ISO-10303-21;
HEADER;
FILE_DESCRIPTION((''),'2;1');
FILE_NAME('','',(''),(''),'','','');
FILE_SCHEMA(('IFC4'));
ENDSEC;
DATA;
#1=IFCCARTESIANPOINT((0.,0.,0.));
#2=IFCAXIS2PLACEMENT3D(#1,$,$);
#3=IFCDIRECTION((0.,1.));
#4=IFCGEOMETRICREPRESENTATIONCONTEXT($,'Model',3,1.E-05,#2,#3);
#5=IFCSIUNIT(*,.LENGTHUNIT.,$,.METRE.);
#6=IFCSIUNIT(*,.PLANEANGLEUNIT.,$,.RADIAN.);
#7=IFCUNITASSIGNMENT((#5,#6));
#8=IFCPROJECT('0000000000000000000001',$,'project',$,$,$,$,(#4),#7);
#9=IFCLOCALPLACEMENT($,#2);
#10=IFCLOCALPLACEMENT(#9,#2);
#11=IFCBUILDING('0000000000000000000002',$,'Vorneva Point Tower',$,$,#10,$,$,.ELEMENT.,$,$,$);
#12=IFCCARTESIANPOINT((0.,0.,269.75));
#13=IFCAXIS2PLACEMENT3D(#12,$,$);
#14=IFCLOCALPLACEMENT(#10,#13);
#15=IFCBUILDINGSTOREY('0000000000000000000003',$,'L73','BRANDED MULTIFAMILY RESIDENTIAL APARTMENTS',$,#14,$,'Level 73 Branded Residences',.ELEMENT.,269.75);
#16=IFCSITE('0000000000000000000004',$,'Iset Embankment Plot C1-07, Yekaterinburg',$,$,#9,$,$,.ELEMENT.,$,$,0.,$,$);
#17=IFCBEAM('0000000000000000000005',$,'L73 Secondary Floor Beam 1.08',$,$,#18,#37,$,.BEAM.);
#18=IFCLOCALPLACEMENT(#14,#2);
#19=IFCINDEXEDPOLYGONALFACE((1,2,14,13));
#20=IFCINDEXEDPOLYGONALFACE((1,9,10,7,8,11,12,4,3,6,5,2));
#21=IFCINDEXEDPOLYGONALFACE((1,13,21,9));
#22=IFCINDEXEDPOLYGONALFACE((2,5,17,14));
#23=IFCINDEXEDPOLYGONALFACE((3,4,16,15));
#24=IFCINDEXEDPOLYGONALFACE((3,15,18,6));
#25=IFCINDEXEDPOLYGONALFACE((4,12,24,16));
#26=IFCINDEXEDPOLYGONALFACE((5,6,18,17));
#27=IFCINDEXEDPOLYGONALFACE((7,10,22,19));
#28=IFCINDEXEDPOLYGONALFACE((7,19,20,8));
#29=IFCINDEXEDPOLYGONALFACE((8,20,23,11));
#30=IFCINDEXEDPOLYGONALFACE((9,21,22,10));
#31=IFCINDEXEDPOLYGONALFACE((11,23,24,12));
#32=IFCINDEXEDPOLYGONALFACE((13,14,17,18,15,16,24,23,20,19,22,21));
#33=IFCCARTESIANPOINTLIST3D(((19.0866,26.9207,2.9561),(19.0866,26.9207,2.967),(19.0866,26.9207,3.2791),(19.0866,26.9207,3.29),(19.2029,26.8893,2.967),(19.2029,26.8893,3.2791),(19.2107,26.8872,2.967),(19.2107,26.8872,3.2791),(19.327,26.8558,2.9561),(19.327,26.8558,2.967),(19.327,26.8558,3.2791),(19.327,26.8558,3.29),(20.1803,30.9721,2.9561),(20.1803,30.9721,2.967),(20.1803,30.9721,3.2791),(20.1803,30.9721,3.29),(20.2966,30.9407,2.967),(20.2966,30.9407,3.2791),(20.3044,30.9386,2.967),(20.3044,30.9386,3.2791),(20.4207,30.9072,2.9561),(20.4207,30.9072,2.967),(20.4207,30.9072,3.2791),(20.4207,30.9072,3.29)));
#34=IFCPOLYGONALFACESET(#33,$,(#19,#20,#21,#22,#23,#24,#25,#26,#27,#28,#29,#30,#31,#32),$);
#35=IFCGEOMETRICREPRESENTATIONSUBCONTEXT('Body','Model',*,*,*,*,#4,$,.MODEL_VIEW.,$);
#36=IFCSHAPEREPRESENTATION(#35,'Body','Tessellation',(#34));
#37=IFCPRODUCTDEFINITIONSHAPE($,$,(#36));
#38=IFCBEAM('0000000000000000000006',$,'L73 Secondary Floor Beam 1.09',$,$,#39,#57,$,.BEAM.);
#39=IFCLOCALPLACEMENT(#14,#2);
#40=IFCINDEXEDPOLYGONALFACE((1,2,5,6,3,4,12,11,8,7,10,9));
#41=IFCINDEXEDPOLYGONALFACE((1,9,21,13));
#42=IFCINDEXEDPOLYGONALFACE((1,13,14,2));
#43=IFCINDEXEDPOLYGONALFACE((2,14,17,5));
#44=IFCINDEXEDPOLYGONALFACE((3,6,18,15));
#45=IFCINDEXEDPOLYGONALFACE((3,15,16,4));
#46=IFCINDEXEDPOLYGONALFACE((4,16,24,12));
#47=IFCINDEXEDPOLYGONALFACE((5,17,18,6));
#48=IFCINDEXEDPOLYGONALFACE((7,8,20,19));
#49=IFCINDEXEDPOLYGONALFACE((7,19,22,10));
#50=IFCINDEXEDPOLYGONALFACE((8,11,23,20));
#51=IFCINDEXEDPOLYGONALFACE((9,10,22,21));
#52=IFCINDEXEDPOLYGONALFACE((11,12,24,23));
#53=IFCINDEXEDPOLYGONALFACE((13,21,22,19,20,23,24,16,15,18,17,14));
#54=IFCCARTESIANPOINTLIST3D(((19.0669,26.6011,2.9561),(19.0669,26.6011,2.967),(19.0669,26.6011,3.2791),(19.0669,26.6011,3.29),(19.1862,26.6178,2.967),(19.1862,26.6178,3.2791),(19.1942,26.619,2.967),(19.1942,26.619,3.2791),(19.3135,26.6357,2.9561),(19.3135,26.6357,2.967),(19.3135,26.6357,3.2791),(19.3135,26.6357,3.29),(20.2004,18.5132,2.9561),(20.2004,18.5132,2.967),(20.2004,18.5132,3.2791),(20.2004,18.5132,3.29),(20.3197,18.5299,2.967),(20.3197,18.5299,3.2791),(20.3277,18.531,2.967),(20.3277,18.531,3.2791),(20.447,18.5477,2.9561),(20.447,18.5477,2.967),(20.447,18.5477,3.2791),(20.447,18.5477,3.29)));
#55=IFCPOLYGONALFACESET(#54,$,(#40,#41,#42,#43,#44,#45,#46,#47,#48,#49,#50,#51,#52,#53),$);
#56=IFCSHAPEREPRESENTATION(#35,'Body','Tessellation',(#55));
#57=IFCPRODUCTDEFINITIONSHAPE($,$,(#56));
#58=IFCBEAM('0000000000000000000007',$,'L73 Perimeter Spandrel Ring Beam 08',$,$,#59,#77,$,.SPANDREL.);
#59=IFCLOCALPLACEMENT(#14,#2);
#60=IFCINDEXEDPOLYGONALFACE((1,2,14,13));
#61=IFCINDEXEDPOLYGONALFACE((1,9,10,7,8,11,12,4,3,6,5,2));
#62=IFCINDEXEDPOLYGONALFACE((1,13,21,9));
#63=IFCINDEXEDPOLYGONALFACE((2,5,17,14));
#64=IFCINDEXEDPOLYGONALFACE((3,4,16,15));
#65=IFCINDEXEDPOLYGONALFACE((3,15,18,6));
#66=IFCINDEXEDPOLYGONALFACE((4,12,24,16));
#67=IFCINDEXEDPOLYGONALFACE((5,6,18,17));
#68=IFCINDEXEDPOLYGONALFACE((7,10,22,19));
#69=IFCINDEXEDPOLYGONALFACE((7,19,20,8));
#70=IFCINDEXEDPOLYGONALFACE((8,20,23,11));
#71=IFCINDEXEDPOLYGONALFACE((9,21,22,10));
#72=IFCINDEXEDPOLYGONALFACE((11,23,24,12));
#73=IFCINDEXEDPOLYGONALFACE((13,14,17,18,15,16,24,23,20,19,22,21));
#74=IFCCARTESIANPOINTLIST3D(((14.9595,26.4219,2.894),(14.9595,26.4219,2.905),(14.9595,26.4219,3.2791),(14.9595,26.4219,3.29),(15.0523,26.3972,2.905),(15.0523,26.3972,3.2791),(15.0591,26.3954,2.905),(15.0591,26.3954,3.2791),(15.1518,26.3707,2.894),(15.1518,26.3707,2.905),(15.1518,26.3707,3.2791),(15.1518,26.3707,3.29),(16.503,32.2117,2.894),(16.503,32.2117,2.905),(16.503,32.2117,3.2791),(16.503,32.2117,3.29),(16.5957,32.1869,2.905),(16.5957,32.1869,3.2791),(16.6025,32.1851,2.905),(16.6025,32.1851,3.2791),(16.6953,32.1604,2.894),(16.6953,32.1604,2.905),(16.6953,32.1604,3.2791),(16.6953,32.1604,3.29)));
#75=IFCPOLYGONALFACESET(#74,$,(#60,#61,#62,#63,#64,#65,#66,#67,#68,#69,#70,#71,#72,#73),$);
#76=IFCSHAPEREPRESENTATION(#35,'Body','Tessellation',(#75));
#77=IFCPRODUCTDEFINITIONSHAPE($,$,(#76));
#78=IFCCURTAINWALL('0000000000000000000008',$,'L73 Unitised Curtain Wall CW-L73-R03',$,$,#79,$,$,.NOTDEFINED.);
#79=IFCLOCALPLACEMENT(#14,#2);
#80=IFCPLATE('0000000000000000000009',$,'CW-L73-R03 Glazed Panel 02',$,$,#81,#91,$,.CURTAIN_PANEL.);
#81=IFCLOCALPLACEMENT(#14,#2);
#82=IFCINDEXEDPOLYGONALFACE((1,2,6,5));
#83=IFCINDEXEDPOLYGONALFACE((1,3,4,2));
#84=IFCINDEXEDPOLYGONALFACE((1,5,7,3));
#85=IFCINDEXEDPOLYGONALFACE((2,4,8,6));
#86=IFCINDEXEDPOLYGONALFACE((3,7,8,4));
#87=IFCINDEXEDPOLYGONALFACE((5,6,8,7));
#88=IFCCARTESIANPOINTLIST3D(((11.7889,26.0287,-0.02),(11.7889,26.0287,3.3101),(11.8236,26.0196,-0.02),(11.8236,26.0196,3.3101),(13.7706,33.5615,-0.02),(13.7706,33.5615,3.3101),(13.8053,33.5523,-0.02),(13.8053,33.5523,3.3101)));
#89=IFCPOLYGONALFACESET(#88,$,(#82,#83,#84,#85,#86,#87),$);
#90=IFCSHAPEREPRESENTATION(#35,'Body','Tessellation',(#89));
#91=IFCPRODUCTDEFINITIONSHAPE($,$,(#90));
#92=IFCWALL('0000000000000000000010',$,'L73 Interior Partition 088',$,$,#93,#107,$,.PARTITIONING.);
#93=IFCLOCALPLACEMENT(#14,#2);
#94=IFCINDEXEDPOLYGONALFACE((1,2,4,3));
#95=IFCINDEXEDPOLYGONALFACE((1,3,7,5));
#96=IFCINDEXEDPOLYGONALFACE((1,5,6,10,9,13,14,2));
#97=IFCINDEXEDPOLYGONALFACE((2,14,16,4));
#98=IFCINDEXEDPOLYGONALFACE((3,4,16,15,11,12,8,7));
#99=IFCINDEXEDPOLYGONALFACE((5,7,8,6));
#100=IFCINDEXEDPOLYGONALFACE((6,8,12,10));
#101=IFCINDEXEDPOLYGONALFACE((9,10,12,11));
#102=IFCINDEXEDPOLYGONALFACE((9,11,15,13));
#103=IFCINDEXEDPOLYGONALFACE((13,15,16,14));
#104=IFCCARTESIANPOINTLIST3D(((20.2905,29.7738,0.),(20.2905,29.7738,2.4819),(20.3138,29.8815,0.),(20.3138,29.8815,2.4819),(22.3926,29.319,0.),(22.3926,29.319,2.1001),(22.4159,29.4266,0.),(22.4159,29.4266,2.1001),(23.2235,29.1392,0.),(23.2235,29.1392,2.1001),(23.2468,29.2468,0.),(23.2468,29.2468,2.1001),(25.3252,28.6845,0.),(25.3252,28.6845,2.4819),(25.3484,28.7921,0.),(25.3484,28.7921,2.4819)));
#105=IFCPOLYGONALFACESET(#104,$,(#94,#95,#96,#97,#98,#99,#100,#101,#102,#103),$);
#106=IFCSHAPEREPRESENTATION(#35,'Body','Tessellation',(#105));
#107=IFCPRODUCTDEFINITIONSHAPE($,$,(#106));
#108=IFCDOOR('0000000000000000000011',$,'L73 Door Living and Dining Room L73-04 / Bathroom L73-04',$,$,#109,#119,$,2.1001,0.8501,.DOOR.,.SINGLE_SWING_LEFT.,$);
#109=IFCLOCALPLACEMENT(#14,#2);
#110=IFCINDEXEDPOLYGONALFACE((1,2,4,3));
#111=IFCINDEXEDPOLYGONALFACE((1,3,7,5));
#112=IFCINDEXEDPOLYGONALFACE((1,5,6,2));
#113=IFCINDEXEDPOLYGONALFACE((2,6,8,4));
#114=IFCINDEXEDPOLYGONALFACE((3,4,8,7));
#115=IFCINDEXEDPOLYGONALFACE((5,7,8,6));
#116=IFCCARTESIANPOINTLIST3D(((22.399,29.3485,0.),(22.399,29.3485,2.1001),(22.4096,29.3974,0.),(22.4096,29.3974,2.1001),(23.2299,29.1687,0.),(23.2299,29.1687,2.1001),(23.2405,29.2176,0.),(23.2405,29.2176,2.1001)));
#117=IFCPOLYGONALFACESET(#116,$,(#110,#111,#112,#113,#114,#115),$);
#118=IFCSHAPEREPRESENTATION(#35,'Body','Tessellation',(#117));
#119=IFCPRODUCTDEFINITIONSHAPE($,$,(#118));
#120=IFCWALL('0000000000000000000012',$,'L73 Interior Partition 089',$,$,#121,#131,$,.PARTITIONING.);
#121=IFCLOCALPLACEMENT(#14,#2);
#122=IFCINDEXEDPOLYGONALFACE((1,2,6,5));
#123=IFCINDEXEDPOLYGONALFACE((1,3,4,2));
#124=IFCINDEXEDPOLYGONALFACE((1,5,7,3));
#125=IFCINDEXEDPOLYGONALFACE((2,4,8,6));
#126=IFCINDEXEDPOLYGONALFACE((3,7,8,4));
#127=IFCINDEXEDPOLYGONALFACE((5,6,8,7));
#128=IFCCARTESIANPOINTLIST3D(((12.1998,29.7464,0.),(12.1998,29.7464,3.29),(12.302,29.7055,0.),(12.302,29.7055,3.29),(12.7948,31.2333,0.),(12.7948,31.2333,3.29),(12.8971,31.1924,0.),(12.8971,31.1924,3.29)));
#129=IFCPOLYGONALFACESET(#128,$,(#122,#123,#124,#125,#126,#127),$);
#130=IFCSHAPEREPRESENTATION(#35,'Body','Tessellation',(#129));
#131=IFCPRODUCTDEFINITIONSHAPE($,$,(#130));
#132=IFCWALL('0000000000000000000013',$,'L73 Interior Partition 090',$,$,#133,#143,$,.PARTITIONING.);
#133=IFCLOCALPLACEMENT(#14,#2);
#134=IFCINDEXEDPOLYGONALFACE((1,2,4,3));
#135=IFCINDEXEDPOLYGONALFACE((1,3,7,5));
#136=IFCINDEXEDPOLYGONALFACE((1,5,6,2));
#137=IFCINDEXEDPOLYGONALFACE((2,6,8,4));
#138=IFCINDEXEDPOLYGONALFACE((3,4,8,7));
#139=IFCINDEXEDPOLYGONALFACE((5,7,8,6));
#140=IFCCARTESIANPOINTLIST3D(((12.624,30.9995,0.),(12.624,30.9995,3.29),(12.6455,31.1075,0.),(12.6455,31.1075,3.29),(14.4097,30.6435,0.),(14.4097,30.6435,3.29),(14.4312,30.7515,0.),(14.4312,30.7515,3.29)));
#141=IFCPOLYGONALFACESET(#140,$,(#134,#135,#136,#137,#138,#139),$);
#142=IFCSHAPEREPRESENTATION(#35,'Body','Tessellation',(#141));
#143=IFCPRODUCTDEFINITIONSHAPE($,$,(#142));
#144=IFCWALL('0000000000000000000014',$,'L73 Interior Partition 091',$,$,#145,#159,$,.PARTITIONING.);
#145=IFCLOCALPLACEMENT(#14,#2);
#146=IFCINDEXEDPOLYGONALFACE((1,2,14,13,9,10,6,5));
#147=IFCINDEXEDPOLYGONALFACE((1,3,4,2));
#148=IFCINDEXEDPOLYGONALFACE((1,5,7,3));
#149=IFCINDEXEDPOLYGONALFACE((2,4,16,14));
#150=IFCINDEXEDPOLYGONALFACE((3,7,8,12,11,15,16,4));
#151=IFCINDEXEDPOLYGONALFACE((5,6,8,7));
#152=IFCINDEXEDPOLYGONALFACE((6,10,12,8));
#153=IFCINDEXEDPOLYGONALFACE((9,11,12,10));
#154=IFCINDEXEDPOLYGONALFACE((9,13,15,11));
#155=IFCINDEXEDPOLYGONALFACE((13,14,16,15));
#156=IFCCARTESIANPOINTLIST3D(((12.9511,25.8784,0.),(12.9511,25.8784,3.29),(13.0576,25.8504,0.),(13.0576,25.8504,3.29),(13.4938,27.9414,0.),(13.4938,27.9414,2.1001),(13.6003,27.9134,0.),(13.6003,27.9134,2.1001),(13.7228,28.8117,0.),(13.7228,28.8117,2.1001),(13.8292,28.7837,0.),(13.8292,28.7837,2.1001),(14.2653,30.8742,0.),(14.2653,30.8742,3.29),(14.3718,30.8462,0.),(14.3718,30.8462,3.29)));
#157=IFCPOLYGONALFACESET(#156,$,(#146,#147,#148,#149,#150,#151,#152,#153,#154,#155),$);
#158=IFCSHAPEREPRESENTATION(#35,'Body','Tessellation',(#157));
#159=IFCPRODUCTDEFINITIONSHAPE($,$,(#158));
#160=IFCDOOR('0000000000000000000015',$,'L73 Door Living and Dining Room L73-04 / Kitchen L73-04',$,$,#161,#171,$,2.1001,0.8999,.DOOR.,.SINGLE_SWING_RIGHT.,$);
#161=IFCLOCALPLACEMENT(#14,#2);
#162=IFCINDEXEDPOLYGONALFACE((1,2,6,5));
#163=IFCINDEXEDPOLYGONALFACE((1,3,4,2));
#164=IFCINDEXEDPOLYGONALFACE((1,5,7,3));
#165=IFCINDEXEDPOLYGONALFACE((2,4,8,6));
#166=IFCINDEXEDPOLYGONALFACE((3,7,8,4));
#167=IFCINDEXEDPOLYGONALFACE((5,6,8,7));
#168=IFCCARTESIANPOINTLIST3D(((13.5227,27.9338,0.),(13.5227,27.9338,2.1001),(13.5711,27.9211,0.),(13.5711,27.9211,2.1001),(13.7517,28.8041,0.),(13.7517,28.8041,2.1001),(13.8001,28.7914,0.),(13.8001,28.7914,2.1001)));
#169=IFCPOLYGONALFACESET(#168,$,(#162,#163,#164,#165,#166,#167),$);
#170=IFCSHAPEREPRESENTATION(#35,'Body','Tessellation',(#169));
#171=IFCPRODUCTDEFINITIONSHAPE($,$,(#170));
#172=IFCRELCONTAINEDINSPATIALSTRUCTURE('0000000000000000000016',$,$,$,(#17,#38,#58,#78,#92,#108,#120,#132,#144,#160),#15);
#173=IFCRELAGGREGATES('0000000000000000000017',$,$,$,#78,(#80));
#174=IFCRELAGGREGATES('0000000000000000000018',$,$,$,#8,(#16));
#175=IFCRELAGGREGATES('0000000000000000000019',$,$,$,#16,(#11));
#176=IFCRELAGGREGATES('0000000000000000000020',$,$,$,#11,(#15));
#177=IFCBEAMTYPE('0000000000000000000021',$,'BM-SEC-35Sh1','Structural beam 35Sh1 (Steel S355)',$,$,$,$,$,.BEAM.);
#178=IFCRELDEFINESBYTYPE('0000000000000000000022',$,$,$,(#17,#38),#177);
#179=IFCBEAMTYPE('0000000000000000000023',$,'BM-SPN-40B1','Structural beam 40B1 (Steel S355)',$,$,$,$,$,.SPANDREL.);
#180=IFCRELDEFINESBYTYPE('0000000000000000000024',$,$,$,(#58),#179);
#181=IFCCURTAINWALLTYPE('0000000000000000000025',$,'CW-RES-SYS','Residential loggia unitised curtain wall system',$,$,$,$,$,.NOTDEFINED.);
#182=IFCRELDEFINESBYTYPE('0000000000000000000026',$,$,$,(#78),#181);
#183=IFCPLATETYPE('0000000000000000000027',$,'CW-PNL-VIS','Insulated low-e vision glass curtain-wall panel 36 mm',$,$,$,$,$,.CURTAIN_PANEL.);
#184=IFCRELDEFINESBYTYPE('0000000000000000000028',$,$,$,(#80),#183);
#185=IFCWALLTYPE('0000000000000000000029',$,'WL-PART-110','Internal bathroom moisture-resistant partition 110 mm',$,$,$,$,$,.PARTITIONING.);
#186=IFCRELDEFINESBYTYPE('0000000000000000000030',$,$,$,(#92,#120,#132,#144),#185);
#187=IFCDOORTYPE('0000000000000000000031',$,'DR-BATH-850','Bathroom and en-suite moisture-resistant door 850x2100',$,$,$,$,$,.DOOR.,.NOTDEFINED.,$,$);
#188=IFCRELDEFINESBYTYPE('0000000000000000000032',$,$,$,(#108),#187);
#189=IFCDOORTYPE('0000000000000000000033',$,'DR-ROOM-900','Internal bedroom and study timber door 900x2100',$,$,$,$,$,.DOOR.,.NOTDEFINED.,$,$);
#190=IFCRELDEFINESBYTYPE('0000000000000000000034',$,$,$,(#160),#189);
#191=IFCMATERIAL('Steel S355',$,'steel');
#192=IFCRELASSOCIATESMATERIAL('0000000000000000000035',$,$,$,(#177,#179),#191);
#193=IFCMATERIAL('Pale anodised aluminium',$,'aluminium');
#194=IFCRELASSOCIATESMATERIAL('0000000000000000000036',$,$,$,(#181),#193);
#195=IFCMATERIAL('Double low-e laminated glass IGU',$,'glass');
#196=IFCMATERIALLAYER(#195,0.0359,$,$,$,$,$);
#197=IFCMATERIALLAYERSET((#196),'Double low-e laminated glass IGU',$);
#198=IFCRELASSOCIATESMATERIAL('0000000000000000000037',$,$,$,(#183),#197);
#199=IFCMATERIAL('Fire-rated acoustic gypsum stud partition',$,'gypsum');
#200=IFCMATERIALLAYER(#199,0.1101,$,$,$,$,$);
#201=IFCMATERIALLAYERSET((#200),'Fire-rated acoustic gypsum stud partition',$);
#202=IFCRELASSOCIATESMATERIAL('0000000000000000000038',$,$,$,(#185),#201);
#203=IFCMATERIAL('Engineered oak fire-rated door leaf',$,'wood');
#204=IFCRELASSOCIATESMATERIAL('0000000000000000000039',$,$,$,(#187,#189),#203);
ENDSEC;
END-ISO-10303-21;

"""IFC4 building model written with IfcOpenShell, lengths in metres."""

from ifc_helpers import new_model, si_unit, direction, frame, frame_2d, origin, origin_2d, place, context, subcontext, project, spatial, rectangle, i_section, extrude, material, layer, layer_set, material_profile, profile_set, type_object, element, fill, aggregate, save


model = new_model("IFC4")

# Units and contexts
model_context = context("Model", 3, precision=1e-05, world=origin(), true_north=direction((0.0, 1.0)))
body_context = subcontext(model_context, "Body", "Model", "MODEL_VIEW")
ifc_project = project(units=[si_unit("LENGTHUNIT", "METRE"), si_unit("PLANEANGLEUNIT", "RADIAN")], contexts=[model_context])

# Site, building, storey
site_placement = place(None, origin())
site = spatial("IfcSite", under=ifc_project, at=site_placement, Name="Iset Embankment Plot C1-07, Yekaterinburg", CompositionType="ELEMENT", RefElevation=0.0)
building_placement = place(site_placement, origin())
building = spatial("IfcBuilding", under=site, at=building_placement, Name="Vorneva Point Tower", CompositionType="ELEMENT")
storey_placement = place(building_placement, frame((0.0, 0.0, 269.75)))
storey = spatial("IfcBuildingStorey", under=building, at=storey_placement, Name="L73", Description="BRANDED MULTIFAMILY RESIDENTIAL APARTMENTS", LongName="Level 73 Branded Residences", CompositionType="ELEMENT", Elevation=269.75)

# Beams
ifc_material_1 = material(Name="Steel S355", Category="steel")
ifc_material_profile_1 = material_profile(ifc_material_1, i_section(OverallWidth=0.249, OverallDepth=0.334, WebThickness=0.0081, FlangeThickness=0.011, at=origin_2d()), Name="35Sh1")
ifc_profile_set_1 = profile_set([ifc_material_profile_1], Name="Steel S355")
beam_type_1 = type_object("IfcBeamType", Name="BM-SEC-35Sh1", Description="Structural beam 35Sh1 (Steel S355)", PredefinedType="BEAM", material=ifc_profile_set_1)
beam_1_placement = place(storey_placement, frame((20.3005, 30.9397, 3.123), z_axis=(-0.260631, -0.965439, 0.0), x_axis=(0.965439, -0.260631, 0.0)))
element("IfcBeam", 1, at=beam_1_placement, inside=storey, type_object=beam_type_1, Name="L73 Secondary Floor Beam 1.08", PredefinedType="BEAM", context=body_context, shape_type="SweptSolid", body=[
    extrude(i_section(OverallWidth=0.249, OverallDepth=0.334, WebThickness=0.0081, FlangeThickness=0.011, at=origin_2d()), origin(), (0.0, 0.0, 1.0), 4.1965),
])
beam_2_placement = place(storey_placement, frame((19.1902, 26.6184, 3.123), z_axis=(0.138797, -0.990321, 0.0), x_axis=(0.990321, 0.138797, 0.0)))
element("IfcBeam", 2, at=beam_2_placement, inside=storey, type_object=beam_type_1, Name="L73 Secondary Floor Beam 1.09", PredefinedType="BEAM", context=body_context, shape_type="SweptSolid", body=[
    extrude(i_section(OverallWidth=0.249, OverallDepth=0.334, WebThickness=0.0081, FlangeThickness=0.011, at=origin_2d()), origin(), (0.0, 0.0, 1.0), 8.167),
])
ifc_material_profile_2 = material_profile(ifc_material_1, i_section(OverallWidth=0.199, OverallDepth=0.396, WebThickness=0.0071, FlangeThickness=0.011, at=origin_2d()), Name="40B1")
ifc_profile_set_2 = profile_set([ifc_material_profile_2], Name="Steel S355")
beam_type_2 = type_object("IfcBeamType", Name="BM-SPN-40B1", Description="Structural beam 40B1 (Steel S355)", PredefinedType="SPANDREL", material=ifc_profile_set_2)
beam_3_placement = place(storey_placement, frame((16.5991, 32.186, 3.092), z_axis=(-0.257587, -0.966255, 0.0), x_axis=(0.966255, -0.257587, 0.0)))
element("IfcBeam", 3, at=beam_3_placement, inside=storey, type_object=beam_type_2, Name="L73 Perimeter Spandrel Ring Beam 08", PredefinedType="SPANDREL", context=body_context, shape_type="SweptSolid", body=[
    extrude(i_section(OverallWidth=0.199, OverallDepth=0.396, WebThickness=0.0071, FlangeThickness=0.011, at=origin_2d()), origin(), (0.0, 0.0, 1.0), 5.9919),
])

# Curtain wall, plate
ifc_material_2 = material(Name="Pale anodised aluminium", Category="aluminium")
curtain_wall_type = type_object("IfcCurtainWallType", Name="CW-RES-SYS", Description="Residential loggia unitised curtain wall system", PredefinedType="NOTDEFINED", material=ifc_material_2)
curtain_wall_placement = place(storey_placement, origin())
curtain_wall = element("IfcCurtainWall", 4, at=curtain_wall_placement, inside=storey, type_object=curtain_wall_type, Name="L73 Unitised Curtain Wall CW-L73-R03", PredefinedType="NOTDEFINED")
ifc_material_3 = material(Name="Double low-e laminated glass IGU", Category="glass")
ifc_layer_1 = layer(ifc_material_3, 0.0359)
ifc_layer_set_1 = layer_set([ifc_layer_1], Name="Double low-e laminated glass IGU")
plate_type = type_object("IfcPlateType", Name="CW-PNL-VIS", Description="Insulated low-e vision glass curtain-wall panel 36 mm", PredefinedType="CURTAIN_PANEL", material=ifc_layer_set_1)
plate_placement = place(storey_placement, frame((12.7971, 29.7905, -0.02), z_axis=(0.0, 0.0, 1.0), x_axis=(-0.254416, -0.967095, 0.0)))
plate = element("IfcPlate", 5, at=plate_placement, type_object=plate_type, Name="CW-L73-R03 Glazed Panel 02", PredefinedType="CURTAIN_PANEL", context=body_context, shape_type="SweptSolid", body=[
    extrude(rectangle(XDim=7.7891, YDim=0.0359, at=origin_2d()), origin(), (0.0, 0.0, 1.0), 3.3301),
])
aggregate(curtain_wall, [plate])

# Wall, opening, door
ifc_material_4 = material(Name="Fire-rated acoustic gypsum stud partition", Category="gypsum")
ifc_layer_2 = layer(ifc_material_4, 0.1101)
ifc_layer_set_2 = layer_set([ifc_layer_2], Name="Fire-rated acoustic gypsum stud partition")
wall_type_1 = type_object("IfcWallType", Name="WL-PART-110", Description="Internal bathroom moisture-resistant partition 110 mm", PredefinedType="PARTITIONING", material=ifc_layer_set_2)
wall_1_placement = place(storey_placement, frame((25.3369, 28.7383, 0.0), z_axis=(0.0, 0.0, 1.0), x_axis=(-0.977383, 0.211477, 0.0)))
wall_1 = element("IfcWall", 6, at=wall_1_placement, inside=storey, type_object=wall_type_1, Name="L73 Interior Partition 088", PredefinedType="PARTITIONING", context=body_context, shape_type="SweptSolid", body=[
    extrude(rectangle(XDim=5.1511, YDim=0.1101, at=frame_2d((2.5757, 0.0))), origin(), (0.0, 0.0, 1.0), 2.4819),
])
opening_1_placement = place(wall_1_placement, frame((2.1504, 0.0, 0.0)))
opening_1 = element("IfcOpeningElement", 7, at=opening_1_placement, cuts=wall_1, PredefinedType="OPENING", context=body_context, shape_type="SweptSolid", body=[
    extrude(rectangle(XDim=0.8501, YDim=2.1001, at=frame_2d((0.425, 1.05))), frame((0.0, 0.0698, 0.0), z_axis=(0.0, -1.0, 0.0), x_axis=(1.0, 0.0, 0.0)), (0.0, 0.0, 1.0), 0.1399),
])
ifc_material_5 = material(Name="Engineered oak fire-rated door leaf", Category="wood")
door_type_1 = type_object("IfcDoorType", Name="DR-BATH-850", Description="Bathroom and en-suite moisture-resistant door 850x2100", OperationType="NOTDEFINED", PredefinedType="DOOR", material=ifc_material_5)
door_1_placement = place(opening_1_placement, origin())
door_1 = element("IfcDoor", 8, at=door_1_placement, inside=storey, type_object=door_type_1, Name="L73 Door Living and Dining Room L73-04 / Bathroom L73-04", OperationType="SINGLE_SWING_LEFT", OverallHeight=2.1001, OverallWidth=0.8501, PredefinedType="DOOR", context=body_context, shape_type="SweptSolid", body=[
    extrude(rectangle(XDim=0.8501, YDim=2.1001, at=frame_2d((0.425, 1.05))), frame((0.0, 0.0249, 0.0), z_axis=(0.0, -1.0, 0.0), x_axis=(1.0, 0.0, 0.0)), (0.0, 0.0, 1.0), 0.05),
])
fill(opening_1, door_1)

# Walls
wall_2_placement = place(storey_placement, frame((12.8459, 31.2129, 0.0), z_axis=(0.0, 0.0, 1.0), x_axis=(-0.371522, -0.928424, 0.0)))
element("IfcWall", 9, at=wall_2_placement, inside=storey, type_object=wall_type_1, Name="L73 Interior Partition 089", PredefinedType="PARTITIONING", context=body_context, shape_type="SweptSolid", body=[
    extrude(rectangle(XDim=1.6016, YDim=0.1101, at=frame_2d((0.8008, 0.0))), origin(), (0.0, 0.0, 1.0), 3.29),
])
wall_3_placement = place(storey_placement, frame((12.6348, 31.0535, 0.0), z_axis=(0.0, 0.0, 1.0), x_axis=(0.980704, -0.195497, 0.0)))
element("IfcWall", 10, at=wall_3_placement, inside=storey, type_object=wall_type_1, Name="L73 Interior Partition 090", PredefinedType="PARTITIONING", context=body_context, shape_type="SweptSolid", body=[
    extrude(rectangle(XDim=1.8208, YDim=0.1101, at=frame_2d((0.9104, 0.0))), origin(), (0.0, 0.0, 1.0), 3.29),
])

# Wall, opening, door
wall_4_placement = place(storey_placement, frame((14.3186, 30.8604, 0.0), z_axis=(0.0, 0.0, 1.0), x_axis=(-0.254405, -0.967098, 0.0)))
wall_4 = element("IfcWall", 11, at=wall_4_placement, inside=storey, type_object=wall_type_1, Name="L73 Interior Partition 091", PredefinedType="PARTITIONING", context=body_context, shape_type="SweptSolid", body=[
    extrude(rectangle(XDim=5.1658, YDim=0.1101, at=frame_2d((2.583, 0.0))), origin(), (0.0, 0.0, 1.0), 3.29),
])
opening_2_placement = place(wall_4_placement, frame((2.1328, 0.0, 0.0)))
opening_2 = element("IfcOpeningElement", 12, at=opening_2_placement, cuts=wall_4, PredefinedType="OPENING", context=body_context, shape_type="SweptSolid", body=[
    extrude(rectangle(XDim=0.8999, YDim=2.1001, at=frame_2d((0.45, 1.05))), frame((0.0, 0.0698, 0.0), z_axis=(0.0, -1.0, 0.0), x_axis=(1.0, 0.0, 0.0)), (0.0, 0.0, 1.0), 0.1399),
])
door_type_2 = type_object("IfcDoorType", Name="DR-ROOM-900", Description="Internal bedroom and study timber door 900x2100", OperationType="NOTDEFINED", PredefinedType="DOOR", material=ifc_material_5)
door_2_placement = place(opening_2_placement, origin())
door_2 = element("IfcDoor", 13, at=door_2_placement, inside=storey, type_object=door_type_2, Name="L73 Door Living and Dining Room L73-04 / Kitchen L73-04", OperationType="SINGLE_SWING_RIGHT", OverallHeight=2.1001, OverallWidth=0.8999, PredefinedType="DOOR", context=body_context, shape_type="SweptSolid", body=[
    extrude(rectangle(XDim=0.8999, YDim=2.1001, at=frame_2d((0.45, 1.05))), frame((0.0, 0.0249, 0.0), z_axis=(0.0, -1.0, 0.0), x_axis=(1.0, 0.0, 0.0)), (0.0, 0.0, 1.0), 0.05),
])
fill(opening_2, door_2)

save(model, "model.ifc")
